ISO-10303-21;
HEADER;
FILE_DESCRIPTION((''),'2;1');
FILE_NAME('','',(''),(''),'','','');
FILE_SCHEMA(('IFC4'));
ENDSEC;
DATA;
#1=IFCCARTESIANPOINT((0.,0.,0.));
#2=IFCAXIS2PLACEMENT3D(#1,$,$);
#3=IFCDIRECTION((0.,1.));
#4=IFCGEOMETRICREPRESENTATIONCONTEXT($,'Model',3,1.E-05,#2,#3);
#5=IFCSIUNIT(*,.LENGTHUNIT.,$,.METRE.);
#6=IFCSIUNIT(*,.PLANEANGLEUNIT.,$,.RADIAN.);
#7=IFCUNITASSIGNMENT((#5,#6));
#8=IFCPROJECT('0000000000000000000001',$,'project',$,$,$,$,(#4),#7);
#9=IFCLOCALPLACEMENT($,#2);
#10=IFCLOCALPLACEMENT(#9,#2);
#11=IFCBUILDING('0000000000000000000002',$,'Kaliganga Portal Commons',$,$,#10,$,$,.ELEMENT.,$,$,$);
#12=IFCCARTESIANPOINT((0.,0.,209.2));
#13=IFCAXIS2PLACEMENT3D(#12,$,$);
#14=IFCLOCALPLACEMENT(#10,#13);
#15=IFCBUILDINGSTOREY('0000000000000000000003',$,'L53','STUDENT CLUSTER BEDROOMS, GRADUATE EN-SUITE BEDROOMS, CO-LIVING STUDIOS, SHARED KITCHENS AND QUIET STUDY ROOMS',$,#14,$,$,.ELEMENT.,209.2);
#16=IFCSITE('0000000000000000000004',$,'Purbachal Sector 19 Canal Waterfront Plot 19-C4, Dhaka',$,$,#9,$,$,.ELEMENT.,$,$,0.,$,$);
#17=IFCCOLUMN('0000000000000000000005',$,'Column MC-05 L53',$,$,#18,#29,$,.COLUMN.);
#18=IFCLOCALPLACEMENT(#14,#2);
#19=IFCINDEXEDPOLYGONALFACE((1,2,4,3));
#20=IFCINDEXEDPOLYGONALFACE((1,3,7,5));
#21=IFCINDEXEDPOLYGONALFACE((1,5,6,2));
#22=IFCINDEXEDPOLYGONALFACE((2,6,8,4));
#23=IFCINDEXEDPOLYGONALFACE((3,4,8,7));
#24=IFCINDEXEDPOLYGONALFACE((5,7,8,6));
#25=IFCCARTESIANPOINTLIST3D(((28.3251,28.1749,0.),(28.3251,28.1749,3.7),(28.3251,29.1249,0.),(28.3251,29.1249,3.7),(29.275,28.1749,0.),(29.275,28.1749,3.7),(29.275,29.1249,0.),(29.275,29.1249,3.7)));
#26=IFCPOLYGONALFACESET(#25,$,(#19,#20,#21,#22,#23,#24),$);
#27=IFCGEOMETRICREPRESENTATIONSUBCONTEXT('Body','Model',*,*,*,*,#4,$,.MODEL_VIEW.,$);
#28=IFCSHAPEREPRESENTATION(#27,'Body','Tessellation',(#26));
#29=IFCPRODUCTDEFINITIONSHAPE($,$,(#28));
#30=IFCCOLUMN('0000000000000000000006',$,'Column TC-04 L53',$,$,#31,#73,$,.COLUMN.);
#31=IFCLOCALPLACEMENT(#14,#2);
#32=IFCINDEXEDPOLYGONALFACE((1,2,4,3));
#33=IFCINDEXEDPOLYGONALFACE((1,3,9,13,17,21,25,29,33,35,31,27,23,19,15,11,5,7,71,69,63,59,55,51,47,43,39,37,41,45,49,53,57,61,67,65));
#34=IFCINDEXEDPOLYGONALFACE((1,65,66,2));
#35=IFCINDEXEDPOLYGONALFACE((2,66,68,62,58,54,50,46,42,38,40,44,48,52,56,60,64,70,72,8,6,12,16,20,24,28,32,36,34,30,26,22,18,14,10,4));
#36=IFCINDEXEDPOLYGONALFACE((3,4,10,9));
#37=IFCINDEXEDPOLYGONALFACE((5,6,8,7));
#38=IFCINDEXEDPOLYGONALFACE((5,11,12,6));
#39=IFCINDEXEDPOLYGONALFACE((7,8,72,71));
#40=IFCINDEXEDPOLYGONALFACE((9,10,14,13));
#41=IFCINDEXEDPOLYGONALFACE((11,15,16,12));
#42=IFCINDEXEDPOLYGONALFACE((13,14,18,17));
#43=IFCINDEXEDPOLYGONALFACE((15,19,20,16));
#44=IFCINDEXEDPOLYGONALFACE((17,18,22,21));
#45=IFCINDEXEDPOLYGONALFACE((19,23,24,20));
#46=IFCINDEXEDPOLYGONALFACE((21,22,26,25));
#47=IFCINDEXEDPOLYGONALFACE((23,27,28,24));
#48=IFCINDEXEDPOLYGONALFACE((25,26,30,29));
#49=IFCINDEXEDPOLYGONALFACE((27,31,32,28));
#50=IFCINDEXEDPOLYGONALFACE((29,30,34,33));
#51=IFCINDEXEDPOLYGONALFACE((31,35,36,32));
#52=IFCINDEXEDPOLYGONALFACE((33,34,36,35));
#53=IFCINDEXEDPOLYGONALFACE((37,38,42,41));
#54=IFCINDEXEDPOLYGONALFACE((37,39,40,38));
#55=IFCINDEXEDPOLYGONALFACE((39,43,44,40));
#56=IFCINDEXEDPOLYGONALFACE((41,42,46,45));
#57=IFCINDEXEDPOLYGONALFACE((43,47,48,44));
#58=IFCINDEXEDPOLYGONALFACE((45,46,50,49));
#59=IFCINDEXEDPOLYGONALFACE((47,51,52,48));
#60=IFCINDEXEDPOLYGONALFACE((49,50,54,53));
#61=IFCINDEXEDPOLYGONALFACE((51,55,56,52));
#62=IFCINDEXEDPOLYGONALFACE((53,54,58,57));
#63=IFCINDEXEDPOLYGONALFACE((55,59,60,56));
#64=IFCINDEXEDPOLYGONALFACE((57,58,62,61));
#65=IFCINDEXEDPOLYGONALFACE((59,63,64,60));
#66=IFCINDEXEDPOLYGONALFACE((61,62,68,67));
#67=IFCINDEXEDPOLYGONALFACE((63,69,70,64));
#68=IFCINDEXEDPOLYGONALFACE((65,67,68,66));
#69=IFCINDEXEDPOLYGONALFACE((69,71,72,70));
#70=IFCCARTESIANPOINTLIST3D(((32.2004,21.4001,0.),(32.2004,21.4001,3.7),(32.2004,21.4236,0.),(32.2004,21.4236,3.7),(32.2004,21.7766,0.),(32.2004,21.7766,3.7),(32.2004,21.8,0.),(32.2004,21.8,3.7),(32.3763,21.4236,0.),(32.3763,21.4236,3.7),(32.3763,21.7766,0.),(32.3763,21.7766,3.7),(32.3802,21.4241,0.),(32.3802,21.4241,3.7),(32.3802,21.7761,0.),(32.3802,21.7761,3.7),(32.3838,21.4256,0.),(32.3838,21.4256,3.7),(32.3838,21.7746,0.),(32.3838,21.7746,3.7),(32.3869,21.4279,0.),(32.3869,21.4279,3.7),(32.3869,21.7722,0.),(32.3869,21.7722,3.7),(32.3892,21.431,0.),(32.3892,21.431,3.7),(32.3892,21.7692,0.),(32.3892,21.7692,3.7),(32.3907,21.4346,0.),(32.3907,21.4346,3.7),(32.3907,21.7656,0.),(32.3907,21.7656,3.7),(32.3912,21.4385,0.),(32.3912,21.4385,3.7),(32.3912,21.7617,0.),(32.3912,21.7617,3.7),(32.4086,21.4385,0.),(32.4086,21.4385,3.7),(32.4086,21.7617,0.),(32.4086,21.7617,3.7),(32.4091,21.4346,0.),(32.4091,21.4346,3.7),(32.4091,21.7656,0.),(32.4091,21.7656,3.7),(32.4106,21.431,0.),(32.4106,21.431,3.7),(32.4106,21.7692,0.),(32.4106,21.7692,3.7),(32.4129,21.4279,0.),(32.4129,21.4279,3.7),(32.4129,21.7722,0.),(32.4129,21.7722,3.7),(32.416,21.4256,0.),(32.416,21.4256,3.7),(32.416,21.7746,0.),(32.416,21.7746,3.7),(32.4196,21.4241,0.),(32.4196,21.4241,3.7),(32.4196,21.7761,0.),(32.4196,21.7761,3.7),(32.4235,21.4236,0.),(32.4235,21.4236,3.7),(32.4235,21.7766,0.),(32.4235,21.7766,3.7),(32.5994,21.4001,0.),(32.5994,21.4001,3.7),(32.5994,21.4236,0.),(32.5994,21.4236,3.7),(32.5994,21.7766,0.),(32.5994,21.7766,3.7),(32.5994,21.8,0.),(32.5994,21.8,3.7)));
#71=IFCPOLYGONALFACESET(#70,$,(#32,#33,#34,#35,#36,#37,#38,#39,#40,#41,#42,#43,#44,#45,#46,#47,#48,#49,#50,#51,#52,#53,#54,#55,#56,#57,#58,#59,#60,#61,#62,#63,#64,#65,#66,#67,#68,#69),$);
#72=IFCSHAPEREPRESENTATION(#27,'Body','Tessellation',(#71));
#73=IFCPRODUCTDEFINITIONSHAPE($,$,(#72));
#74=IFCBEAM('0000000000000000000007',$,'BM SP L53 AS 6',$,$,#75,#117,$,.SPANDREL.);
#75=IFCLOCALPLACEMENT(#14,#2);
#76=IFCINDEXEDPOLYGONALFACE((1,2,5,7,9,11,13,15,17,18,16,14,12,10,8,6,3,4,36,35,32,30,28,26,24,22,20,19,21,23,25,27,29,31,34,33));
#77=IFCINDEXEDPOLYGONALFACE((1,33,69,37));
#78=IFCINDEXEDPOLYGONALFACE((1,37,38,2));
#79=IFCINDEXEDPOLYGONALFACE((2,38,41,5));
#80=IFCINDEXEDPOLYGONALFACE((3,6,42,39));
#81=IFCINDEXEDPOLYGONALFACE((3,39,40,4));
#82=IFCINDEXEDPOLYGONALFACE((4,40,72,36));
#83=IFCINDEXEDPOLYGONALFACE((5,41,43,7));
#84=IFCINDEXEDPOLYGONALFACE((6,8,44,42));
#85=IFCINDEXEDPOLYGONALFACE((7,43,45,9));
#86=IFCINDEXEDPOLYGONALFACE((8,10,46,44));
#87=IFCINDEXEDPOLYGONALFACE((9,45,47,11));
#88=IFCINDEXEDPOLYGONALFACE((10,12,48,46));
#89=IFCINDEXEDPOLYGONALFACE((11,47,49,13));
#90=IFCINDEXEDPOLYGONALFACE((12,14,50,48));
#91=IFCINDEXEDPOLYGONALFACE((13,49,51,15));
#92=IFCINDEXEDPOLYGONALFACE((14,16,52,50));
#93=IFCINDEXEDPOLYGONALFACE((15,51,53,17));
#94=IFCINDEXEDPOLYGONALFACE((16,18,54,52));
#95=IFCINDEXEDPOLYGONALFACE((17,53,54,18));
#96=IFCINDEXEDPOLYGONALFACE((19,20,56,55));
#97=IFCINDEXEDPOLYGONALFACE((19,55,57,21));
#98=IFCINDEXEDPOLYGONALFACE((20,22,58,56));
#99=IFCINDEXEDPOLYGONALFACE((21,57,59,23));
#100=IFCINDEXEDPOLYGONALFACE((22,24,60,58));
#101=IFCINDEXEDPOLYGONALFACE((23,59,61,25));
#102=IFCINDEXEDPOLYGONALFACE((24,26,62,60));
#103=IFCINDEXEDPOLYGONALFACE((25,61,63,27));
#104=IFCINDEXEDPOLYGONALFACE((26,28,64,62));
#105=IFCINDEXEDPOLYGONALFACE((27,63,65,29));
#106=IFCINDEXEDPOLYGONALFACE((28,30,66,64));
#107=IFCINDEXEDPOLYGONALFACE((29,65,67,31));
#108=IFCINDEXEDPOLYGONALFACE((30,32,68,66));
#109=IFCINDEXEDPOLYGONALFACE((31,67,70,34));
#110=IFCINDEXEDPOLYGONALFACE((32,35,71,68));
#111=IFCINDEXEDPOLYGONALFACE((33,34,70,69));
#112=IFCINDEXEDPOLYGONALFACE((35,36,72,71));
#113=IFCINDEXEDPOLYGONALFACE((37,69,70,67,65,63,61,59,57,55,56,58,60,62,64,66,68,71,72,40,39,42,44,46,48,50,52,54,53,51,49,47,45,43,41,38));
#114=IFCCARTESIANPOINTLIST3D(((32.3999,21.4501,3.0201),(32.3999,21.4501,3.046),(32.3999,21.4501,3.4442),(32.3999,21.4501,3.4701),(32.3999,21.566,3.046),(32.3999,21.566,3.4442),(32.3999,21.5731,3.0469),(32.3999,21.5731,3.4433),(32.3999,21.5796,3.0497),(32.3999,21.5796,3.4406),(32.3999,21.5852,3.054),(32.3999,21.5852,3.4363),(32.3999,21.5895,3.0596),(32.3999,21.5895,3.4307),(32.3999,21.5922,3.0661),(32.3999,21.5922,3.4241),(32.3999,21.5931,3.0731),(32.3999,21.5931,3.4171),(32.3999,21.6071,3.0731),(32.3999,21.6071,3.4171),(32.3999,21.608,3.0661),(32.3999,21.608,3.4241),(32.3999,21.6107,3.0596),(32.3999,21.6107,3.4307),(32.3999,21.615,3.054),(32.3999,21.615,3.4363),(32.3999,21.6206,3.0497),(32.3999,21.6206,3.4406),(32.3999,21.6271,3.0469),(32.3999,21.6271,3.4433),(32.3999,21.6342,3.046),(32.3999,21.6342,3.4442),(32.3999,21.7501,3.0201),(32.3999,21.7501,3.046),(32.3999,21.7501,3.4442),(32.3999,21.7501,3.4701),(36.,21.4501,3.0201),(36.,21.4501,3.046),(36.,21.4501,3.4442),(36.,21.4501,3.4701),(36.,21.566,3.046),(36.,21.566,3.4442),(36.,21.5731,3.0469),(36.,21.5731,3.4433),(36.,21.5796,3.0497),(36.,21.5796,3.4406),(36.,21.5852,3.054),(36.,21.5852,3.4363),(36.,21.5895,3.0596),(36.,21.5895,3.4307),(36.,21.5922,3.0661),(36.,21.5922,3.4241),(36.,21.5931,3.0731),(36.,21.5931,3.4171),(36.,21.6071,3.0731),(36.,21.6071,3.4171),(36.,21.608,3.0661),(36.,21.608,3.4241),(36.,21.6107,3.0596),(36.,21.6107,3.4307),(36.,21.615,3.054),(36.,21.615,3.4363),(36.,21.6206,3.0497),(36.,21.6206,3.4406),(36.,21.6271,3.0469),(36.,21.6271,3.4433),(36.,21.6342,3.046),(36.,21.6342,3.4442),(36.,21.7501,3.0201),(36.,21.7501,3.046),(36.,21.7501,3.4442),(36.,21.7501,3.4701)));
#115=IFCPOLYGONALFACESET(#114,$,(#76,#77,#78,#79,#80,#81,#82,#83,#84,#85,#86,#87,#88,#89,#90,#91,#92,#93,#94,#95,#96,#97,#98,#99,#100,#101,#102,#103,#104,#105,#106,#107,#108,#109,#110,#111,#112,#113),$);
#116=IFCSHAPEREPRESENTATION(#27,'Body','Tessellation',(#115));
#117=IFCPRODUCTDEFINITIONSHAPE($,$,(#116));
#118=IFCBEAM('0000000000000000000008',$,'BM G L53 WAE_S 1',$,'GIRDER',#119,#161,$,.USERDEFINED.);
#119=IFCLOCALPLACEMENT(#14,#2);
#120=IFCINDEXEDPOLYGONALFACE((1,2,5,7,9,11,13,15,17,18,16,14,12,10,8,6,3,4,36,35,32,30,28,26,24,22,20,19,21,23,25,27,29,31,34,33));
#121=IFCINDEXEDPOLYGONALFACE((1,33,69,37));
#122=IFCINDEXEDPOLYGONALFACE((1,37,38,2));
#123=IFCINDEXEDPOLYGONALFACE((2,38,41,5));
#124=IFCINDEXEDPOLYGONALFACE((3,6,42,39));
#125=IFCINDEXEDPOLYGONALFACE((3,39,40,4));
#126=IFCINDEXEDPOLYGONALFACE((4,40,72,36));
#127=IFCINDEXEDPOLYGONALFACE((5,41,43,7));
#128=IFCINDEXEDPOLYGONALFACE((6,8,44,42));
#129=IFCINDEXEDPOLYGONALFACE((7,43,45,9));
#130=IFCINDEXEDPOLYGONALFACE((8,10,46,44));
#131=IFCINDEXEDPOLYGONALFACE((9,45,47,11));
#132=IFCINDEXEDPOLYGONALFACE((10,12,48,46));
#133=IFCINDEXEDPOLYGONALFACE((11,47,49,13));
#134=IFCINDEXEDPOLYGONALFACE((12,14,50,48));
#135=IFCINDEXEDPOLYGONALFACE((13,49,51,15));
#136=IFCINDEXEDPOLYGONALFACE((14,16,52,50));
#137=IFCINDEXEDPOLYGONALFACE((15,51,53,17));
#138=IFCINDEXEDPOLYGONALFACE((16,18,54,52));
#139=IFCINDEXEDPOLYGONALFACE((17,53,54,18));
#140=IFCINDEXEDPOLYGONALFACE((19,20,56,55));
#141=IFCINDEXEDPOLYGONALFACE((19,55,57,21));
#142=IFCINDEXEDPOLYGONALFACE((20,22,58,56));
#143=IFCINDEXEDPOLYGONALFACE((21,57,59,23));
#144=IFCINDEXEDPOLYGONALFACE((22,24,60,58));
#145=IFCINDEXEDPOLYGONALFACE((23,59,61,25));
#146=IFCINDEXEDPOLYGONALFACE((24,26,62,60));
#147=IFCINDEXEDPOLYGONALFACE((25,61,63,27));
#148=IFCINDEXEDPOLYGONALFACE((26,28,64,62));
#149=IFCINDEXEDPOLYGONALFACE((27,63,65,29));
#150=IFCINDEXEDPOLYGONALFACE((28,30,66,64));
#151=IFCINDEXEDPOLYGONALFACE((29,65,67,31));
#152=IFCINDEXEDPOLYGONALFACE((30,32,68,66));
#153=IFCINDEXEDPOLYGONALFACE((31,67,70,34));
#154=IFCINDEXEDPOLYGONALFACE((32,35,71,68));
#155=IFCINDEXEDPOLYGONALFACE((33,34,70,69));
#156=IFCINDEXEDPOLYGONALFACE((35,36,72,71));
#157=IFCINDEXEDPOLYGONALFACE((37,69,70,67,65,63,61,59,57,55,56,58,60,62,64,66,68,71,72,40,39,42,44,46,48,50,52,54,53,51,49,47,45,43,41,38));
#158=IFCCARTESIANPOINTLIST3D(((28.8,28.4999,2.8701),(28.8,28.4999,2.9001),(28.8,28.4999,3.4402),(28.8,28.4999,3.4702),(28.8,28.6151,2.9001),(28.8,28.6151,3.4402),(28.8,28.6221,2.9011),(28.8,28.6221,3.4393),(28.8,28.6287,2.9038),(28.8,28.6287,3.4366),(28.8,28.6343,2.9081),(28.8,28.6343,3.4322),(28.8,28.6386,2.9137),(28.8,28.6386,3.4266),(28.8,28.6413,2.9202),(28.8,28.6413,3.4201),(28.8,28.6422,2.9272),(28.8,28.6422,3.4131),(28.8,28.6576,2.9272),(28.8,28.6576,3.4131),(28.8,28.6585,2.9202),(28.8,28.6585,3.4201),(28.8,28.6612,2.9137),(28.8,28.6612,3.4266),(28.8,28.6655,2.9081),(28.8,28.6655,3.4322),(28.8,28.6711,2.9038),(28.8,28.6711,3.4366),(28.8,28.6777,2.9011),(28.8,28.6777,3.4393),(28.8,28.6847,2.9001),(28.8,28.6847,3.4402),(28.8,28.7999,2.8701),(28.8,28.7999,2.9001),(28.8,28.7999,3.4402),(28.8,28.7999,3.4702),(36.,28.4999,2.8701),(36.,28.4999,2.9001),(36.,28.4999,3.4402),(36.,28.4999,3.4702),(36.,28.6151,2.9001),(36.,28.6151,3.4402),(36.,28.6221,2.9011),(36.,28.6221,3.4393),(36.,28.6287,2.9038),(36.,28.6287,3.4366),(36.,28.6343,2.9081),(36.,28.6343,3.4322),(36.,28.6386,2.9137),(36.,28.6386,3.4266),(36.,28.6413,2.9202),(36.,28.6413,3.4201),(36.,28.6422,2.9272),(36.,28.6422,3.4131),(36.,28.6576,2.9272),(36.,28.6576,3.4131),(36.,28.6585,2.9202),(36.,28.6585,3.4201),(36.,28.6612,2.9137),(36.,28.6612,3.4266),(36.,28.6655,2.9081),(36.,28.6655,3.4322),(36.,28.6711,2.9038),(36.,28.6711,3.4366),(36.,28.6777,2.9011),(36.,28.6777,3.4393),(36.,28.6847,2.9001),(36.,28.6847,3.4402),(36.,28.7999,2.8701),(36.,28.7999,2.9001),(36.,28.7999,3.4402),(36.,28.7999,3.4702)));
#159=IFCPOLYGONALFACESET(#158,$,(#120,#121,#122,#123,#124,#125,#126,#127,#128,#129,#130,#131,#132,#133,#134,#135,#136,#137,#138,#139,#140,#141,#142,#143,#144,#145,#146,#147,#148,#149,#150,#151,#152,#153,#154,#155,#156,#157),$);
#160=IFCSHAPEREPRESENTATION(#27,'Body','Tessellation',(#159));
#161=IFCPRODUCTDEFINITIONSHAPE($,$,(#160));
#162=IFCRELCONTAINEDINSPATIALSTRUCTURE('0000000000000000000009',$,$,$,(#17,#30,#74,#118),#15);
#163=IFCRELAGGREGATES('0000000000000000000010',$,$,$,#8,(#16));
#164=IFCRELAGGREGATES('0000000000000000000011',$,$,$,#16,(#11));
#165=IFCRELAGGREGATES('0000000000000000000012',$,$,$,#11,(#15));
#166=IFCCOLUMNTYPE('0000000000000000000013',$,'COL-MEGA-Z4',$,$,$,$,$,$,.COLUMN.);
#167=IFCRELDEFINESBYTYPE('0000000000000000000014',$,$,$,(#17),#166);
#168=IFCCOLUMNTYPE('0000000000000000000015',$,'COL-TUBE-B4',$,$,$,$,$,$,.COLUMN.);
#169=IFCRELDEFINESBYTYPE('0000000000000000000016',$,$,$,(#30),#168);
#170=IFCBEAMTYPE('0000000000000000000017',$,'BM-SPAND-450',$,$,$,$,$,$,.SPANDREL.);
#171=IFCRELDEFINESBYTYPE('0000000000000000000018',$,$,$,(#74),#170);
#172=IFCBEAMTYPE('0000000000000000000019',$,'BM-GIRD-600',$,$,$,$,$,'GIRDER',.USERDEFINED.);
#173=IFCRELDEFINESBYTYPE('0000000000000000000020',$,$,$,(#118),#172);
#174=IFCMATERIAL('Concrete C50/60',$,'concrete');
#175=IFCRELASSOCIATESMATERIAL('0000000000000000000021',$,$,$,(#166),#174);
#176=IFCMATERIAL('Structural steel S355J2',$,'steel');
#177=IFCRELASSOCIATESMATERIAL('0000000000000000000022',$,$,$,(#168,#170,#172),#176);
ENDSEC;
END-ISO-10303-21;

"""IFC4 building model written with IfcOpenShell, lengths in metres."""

from ifc_helpers import new_model, si_unit, direction, frame, origin, origin_2d, place, context, subcontext, project, spatial, rectangle, i_section, extrude, source, transform, mapped, material, material_profile, profile_set, type_object, element, save


model = new_model("IFC4")

# Units and contexts
model_context = context("Model", 3, precision=1e-05, world=origin(), true_north=direction((0.0, 1.0)))
body_context = subcontext(model_context, "Body", "Model", "MODEL_VIEW")
ifc_project = project(units=[si_unit("LENGTHUNIT", "METRE"), si_unit("PLANEANGLEUNIT", "RADIAN")], contexts=[model_context])

# Site, building, storey
site_placement = place(None, origin())
site = spatial("IfcSite", under=ifc_project, at=site_placement, Name="Purbachal Sector 19 Canal Waterfront Plot 19-C4, Dhaka", CompositionType="ELEMENT", RefElevation=0.0)
building_placement = place(site_placement, origin())
building = spatial("IfcBuilding", under=site, at=building_placement, Name="Kaliganga Portal Commons", CompositionType="ELEMENT")
storey_placement = place(building_placement, frame((0.0, 0.0, 209.2)))
storey = spatial("IfcBuildingStorey", under=building, at=storey_placement, Name="L53", Description="STUDENT CLUSTER BEDROOMS, GRADUATE EN-SUITE BEDROOMS, CO-LIVING STUDIOS, SHARED KITCHENS AND QUIET STUDY ROOMS", CompositionType="ELEMENT", Elevation=209.2)

# Columns
ifc_material_1 = material(Name="Concrete C50/60", Category="concrete")
ifc_material_profile_1 = material_profile(ifc_material_1, rectangle(XDim=0.95, YDim=0.95, at=origin_2d()), Name="RC 950x950")
ifc_profile_set_1 = profile_set([ifc_material_profile_1], Name="Concrete C50/60")
column_type_1 = type_object("IfcColumnType", Name="COL-MEGA-Z4", PredefinedType="COLUMN", material=ifc_profile_set_1)
shared_shape_1 = source(origin(), body_context, "Body", "SweptSolid", [
    extrude(rectangle(XDim=0.95, YDim=0.95, at=origin_2d()), origin(), (0.0, 0.0, 1.0), 3.7),
])
column_1_placement = place(storey_placement, frame((28.8, 28.6499, 0.0), z_axis=(0.0, 0.0, 1.0), x_axis=(1.0, 0.0, 0.0)))
element("IfcColumn", 1, at=column_1_placement, inside=storey, type_object=column_type_1, Name="Column MC-05 L53", PredefinedType="COLUMN", context=body_context, shape_type="MappedRepresentation", body=[
    mapped(shared_shape_1, transform((0.0, 0.0, 0.0), x_axis=(1.0, 0.0, 0.0), y_axis=(0.0, 1.0, 0.0), z_axis=(0.0, 0.0, 1.0), scale=1.0)),
])
ifc_material_2 = material(Name="Structural steel S355J2", Category="steel")
ifc_material_profile_2 = material_profile(ifc_material_2, i_section(OverallWidth=0.3989, OverallDepth=0.3999, WebThickness=0.0173, FlangeThickness=0.0234, FilletRadius=0.0149, at=origin_2d()), Name="HD 400x287")
ifc_profile_set_2 = profile_set([ifc_material_profile_2], Name="Structural steel S355J2 wide-flange")
column_type_2 = type_object("IfcColumnType", Name="COL-TUBE-B4", PredefinedType="COLUMN", material=ifc_profile_set_2)
shared_shape_2 = source(origin(), body_context, "Body", "SweptSolid", [
    extrude(i_section(OverallWidth=0.3989, OverallDepth=0.3999, WebThickness=0.0173, FlangeThickness=0.0234, FilletRadius=0.0149, at=origin_2d()), origin(), (0.0, 0.0, 1.0), 3.7),
])
column_2_placement = place(storey_placement, frame((32.3999, 21.6001, 0.0), z_axis=(0.0, 0.0, 1.0), x_axis=(1.0, 0.0, 0.0)))
element("IfcColumn", 2, at=column_2_placement, inside=storey, type_object=column_type_2, Name="Column TC-04 L53", PredefinedType="COLUMN", context=body_context, shape_type="MappedRepresentation", body=[
    mapped(shared_shape_2, transform((0.0, 0.0, 0.0), x_axis=(1.0, 0.0, 0.0), y_axis=(0.0, 1.0, 0.0), z_axis=(0.0, 0.0, 1.0), scale=1.0)),
])

# Beams
ifc_material_profile_3 = material_profile(ifc_material_2, i_section(OverallWidth=0.3, OverallDepth=0.45, WebThickness=0.0139, FlangeThickness=0.0259, FilletRadius=0.0271, at=origin_2d()), Name="HE 450 B")
ifc_profile_set_3 = profile_set([ifc_material_profile_3], Name="Structural steel S355J2 wide-flange")
beam_type_1 = type_object("IfcBeamType", Name="BM-SPAND-450", PredefinedType="SPANDREL", material=ifc_profile_set_3)
shared_shape_3 = source(origin(), body_context, "Body", "SweptSolid", [
    extrude(i_section(OverallWidth=0.3, OverallDepth=0.45, WebThickness=0.0139, FlangeThickness=0.0259, FilletRadius=0.0271, at=origin_2d()), origin(), (0.0, 0.0, 1.0), 3.6001),
])
beam_1_placement = place(storey_placement, frame((32.3999, 21.6001, 3.2451), z_axis=(1.0, 0.0, 0.0), x_axis=(0.0, 1.0, 0.0)))
element("IfcBeam", 3, at=beam_1_placement, inside=storey, type_object=beam_type_1, Name="BM SP L53 AS 6", PredefinedType="SPANDREL", context=body_context, shape_type="MappedRepresentation", body=[
    mapped(shared_shape_3, transform((0.0, 0.0, 0.0), x_axis=(1.0, 0.0, 0.0), y_axis=(0.0, 1.0, 0.0), z_axis=(0.0, 0.0, 1.0), scale=1.0)),
])
ifc_material_profile_4 = material_profile(ifc_material_2, i_section(OverallWidth=0.3, OverallDepth=0.6001, WebThickness=0.0154, FlangeThickness=0.03, FilletRadius=0.0271, at=origin_2d()), Name="HE 600 B")
ifc_profile_set_4 = profile_set([ifc_material_profile_4], Name="Structural steel S355J2 wide-flange")
beam_type_2 = type_object("IfcBeamType", Name="BM-GIRD-600", ElementType="GIRDER", PredefinedType="USERDEFINED", material=ifc_profile_set_4)
shared_shape_4 = source(origin(), body_context, "Body", "SweptSolid", [
    extrude(i_section(OverallWidth=0.3, OverallDepth=0.6001, WebThickness=0.0154, FlangeThickness=0.03, FilletRadius=0.0271, at=origin_2d()), origin(), (0.0, 0.0, 1.0), 7.2),
])
beam_2_placement = place(storey_placement, frame((28.8, 28.6499, 3.1702), z_axis=(1.0, 0.0, 0.0), x_axis=(0.0, 1.0, 0.0)))
element("IfcBeam", 4, at=beam_2_placement, inside=storey, type_object=beam_type_2, Name="BM G L53 WAE_S 1", ObjectType="GIRDER", PredefinedType="USERDEFINED", context=body_context, shape_type="MappedRepresentation", body=[
    mapped(shared_shape_4, transform((0.0, 0.0, 0.0), x_axis=(1.0, 0.0, 0.0), y_axis=(0.0, 1.0, 0.0), z_axis=(0.0, 0.0, 1.0), scale=1.0)),
])

save(model, "model.ifc")
